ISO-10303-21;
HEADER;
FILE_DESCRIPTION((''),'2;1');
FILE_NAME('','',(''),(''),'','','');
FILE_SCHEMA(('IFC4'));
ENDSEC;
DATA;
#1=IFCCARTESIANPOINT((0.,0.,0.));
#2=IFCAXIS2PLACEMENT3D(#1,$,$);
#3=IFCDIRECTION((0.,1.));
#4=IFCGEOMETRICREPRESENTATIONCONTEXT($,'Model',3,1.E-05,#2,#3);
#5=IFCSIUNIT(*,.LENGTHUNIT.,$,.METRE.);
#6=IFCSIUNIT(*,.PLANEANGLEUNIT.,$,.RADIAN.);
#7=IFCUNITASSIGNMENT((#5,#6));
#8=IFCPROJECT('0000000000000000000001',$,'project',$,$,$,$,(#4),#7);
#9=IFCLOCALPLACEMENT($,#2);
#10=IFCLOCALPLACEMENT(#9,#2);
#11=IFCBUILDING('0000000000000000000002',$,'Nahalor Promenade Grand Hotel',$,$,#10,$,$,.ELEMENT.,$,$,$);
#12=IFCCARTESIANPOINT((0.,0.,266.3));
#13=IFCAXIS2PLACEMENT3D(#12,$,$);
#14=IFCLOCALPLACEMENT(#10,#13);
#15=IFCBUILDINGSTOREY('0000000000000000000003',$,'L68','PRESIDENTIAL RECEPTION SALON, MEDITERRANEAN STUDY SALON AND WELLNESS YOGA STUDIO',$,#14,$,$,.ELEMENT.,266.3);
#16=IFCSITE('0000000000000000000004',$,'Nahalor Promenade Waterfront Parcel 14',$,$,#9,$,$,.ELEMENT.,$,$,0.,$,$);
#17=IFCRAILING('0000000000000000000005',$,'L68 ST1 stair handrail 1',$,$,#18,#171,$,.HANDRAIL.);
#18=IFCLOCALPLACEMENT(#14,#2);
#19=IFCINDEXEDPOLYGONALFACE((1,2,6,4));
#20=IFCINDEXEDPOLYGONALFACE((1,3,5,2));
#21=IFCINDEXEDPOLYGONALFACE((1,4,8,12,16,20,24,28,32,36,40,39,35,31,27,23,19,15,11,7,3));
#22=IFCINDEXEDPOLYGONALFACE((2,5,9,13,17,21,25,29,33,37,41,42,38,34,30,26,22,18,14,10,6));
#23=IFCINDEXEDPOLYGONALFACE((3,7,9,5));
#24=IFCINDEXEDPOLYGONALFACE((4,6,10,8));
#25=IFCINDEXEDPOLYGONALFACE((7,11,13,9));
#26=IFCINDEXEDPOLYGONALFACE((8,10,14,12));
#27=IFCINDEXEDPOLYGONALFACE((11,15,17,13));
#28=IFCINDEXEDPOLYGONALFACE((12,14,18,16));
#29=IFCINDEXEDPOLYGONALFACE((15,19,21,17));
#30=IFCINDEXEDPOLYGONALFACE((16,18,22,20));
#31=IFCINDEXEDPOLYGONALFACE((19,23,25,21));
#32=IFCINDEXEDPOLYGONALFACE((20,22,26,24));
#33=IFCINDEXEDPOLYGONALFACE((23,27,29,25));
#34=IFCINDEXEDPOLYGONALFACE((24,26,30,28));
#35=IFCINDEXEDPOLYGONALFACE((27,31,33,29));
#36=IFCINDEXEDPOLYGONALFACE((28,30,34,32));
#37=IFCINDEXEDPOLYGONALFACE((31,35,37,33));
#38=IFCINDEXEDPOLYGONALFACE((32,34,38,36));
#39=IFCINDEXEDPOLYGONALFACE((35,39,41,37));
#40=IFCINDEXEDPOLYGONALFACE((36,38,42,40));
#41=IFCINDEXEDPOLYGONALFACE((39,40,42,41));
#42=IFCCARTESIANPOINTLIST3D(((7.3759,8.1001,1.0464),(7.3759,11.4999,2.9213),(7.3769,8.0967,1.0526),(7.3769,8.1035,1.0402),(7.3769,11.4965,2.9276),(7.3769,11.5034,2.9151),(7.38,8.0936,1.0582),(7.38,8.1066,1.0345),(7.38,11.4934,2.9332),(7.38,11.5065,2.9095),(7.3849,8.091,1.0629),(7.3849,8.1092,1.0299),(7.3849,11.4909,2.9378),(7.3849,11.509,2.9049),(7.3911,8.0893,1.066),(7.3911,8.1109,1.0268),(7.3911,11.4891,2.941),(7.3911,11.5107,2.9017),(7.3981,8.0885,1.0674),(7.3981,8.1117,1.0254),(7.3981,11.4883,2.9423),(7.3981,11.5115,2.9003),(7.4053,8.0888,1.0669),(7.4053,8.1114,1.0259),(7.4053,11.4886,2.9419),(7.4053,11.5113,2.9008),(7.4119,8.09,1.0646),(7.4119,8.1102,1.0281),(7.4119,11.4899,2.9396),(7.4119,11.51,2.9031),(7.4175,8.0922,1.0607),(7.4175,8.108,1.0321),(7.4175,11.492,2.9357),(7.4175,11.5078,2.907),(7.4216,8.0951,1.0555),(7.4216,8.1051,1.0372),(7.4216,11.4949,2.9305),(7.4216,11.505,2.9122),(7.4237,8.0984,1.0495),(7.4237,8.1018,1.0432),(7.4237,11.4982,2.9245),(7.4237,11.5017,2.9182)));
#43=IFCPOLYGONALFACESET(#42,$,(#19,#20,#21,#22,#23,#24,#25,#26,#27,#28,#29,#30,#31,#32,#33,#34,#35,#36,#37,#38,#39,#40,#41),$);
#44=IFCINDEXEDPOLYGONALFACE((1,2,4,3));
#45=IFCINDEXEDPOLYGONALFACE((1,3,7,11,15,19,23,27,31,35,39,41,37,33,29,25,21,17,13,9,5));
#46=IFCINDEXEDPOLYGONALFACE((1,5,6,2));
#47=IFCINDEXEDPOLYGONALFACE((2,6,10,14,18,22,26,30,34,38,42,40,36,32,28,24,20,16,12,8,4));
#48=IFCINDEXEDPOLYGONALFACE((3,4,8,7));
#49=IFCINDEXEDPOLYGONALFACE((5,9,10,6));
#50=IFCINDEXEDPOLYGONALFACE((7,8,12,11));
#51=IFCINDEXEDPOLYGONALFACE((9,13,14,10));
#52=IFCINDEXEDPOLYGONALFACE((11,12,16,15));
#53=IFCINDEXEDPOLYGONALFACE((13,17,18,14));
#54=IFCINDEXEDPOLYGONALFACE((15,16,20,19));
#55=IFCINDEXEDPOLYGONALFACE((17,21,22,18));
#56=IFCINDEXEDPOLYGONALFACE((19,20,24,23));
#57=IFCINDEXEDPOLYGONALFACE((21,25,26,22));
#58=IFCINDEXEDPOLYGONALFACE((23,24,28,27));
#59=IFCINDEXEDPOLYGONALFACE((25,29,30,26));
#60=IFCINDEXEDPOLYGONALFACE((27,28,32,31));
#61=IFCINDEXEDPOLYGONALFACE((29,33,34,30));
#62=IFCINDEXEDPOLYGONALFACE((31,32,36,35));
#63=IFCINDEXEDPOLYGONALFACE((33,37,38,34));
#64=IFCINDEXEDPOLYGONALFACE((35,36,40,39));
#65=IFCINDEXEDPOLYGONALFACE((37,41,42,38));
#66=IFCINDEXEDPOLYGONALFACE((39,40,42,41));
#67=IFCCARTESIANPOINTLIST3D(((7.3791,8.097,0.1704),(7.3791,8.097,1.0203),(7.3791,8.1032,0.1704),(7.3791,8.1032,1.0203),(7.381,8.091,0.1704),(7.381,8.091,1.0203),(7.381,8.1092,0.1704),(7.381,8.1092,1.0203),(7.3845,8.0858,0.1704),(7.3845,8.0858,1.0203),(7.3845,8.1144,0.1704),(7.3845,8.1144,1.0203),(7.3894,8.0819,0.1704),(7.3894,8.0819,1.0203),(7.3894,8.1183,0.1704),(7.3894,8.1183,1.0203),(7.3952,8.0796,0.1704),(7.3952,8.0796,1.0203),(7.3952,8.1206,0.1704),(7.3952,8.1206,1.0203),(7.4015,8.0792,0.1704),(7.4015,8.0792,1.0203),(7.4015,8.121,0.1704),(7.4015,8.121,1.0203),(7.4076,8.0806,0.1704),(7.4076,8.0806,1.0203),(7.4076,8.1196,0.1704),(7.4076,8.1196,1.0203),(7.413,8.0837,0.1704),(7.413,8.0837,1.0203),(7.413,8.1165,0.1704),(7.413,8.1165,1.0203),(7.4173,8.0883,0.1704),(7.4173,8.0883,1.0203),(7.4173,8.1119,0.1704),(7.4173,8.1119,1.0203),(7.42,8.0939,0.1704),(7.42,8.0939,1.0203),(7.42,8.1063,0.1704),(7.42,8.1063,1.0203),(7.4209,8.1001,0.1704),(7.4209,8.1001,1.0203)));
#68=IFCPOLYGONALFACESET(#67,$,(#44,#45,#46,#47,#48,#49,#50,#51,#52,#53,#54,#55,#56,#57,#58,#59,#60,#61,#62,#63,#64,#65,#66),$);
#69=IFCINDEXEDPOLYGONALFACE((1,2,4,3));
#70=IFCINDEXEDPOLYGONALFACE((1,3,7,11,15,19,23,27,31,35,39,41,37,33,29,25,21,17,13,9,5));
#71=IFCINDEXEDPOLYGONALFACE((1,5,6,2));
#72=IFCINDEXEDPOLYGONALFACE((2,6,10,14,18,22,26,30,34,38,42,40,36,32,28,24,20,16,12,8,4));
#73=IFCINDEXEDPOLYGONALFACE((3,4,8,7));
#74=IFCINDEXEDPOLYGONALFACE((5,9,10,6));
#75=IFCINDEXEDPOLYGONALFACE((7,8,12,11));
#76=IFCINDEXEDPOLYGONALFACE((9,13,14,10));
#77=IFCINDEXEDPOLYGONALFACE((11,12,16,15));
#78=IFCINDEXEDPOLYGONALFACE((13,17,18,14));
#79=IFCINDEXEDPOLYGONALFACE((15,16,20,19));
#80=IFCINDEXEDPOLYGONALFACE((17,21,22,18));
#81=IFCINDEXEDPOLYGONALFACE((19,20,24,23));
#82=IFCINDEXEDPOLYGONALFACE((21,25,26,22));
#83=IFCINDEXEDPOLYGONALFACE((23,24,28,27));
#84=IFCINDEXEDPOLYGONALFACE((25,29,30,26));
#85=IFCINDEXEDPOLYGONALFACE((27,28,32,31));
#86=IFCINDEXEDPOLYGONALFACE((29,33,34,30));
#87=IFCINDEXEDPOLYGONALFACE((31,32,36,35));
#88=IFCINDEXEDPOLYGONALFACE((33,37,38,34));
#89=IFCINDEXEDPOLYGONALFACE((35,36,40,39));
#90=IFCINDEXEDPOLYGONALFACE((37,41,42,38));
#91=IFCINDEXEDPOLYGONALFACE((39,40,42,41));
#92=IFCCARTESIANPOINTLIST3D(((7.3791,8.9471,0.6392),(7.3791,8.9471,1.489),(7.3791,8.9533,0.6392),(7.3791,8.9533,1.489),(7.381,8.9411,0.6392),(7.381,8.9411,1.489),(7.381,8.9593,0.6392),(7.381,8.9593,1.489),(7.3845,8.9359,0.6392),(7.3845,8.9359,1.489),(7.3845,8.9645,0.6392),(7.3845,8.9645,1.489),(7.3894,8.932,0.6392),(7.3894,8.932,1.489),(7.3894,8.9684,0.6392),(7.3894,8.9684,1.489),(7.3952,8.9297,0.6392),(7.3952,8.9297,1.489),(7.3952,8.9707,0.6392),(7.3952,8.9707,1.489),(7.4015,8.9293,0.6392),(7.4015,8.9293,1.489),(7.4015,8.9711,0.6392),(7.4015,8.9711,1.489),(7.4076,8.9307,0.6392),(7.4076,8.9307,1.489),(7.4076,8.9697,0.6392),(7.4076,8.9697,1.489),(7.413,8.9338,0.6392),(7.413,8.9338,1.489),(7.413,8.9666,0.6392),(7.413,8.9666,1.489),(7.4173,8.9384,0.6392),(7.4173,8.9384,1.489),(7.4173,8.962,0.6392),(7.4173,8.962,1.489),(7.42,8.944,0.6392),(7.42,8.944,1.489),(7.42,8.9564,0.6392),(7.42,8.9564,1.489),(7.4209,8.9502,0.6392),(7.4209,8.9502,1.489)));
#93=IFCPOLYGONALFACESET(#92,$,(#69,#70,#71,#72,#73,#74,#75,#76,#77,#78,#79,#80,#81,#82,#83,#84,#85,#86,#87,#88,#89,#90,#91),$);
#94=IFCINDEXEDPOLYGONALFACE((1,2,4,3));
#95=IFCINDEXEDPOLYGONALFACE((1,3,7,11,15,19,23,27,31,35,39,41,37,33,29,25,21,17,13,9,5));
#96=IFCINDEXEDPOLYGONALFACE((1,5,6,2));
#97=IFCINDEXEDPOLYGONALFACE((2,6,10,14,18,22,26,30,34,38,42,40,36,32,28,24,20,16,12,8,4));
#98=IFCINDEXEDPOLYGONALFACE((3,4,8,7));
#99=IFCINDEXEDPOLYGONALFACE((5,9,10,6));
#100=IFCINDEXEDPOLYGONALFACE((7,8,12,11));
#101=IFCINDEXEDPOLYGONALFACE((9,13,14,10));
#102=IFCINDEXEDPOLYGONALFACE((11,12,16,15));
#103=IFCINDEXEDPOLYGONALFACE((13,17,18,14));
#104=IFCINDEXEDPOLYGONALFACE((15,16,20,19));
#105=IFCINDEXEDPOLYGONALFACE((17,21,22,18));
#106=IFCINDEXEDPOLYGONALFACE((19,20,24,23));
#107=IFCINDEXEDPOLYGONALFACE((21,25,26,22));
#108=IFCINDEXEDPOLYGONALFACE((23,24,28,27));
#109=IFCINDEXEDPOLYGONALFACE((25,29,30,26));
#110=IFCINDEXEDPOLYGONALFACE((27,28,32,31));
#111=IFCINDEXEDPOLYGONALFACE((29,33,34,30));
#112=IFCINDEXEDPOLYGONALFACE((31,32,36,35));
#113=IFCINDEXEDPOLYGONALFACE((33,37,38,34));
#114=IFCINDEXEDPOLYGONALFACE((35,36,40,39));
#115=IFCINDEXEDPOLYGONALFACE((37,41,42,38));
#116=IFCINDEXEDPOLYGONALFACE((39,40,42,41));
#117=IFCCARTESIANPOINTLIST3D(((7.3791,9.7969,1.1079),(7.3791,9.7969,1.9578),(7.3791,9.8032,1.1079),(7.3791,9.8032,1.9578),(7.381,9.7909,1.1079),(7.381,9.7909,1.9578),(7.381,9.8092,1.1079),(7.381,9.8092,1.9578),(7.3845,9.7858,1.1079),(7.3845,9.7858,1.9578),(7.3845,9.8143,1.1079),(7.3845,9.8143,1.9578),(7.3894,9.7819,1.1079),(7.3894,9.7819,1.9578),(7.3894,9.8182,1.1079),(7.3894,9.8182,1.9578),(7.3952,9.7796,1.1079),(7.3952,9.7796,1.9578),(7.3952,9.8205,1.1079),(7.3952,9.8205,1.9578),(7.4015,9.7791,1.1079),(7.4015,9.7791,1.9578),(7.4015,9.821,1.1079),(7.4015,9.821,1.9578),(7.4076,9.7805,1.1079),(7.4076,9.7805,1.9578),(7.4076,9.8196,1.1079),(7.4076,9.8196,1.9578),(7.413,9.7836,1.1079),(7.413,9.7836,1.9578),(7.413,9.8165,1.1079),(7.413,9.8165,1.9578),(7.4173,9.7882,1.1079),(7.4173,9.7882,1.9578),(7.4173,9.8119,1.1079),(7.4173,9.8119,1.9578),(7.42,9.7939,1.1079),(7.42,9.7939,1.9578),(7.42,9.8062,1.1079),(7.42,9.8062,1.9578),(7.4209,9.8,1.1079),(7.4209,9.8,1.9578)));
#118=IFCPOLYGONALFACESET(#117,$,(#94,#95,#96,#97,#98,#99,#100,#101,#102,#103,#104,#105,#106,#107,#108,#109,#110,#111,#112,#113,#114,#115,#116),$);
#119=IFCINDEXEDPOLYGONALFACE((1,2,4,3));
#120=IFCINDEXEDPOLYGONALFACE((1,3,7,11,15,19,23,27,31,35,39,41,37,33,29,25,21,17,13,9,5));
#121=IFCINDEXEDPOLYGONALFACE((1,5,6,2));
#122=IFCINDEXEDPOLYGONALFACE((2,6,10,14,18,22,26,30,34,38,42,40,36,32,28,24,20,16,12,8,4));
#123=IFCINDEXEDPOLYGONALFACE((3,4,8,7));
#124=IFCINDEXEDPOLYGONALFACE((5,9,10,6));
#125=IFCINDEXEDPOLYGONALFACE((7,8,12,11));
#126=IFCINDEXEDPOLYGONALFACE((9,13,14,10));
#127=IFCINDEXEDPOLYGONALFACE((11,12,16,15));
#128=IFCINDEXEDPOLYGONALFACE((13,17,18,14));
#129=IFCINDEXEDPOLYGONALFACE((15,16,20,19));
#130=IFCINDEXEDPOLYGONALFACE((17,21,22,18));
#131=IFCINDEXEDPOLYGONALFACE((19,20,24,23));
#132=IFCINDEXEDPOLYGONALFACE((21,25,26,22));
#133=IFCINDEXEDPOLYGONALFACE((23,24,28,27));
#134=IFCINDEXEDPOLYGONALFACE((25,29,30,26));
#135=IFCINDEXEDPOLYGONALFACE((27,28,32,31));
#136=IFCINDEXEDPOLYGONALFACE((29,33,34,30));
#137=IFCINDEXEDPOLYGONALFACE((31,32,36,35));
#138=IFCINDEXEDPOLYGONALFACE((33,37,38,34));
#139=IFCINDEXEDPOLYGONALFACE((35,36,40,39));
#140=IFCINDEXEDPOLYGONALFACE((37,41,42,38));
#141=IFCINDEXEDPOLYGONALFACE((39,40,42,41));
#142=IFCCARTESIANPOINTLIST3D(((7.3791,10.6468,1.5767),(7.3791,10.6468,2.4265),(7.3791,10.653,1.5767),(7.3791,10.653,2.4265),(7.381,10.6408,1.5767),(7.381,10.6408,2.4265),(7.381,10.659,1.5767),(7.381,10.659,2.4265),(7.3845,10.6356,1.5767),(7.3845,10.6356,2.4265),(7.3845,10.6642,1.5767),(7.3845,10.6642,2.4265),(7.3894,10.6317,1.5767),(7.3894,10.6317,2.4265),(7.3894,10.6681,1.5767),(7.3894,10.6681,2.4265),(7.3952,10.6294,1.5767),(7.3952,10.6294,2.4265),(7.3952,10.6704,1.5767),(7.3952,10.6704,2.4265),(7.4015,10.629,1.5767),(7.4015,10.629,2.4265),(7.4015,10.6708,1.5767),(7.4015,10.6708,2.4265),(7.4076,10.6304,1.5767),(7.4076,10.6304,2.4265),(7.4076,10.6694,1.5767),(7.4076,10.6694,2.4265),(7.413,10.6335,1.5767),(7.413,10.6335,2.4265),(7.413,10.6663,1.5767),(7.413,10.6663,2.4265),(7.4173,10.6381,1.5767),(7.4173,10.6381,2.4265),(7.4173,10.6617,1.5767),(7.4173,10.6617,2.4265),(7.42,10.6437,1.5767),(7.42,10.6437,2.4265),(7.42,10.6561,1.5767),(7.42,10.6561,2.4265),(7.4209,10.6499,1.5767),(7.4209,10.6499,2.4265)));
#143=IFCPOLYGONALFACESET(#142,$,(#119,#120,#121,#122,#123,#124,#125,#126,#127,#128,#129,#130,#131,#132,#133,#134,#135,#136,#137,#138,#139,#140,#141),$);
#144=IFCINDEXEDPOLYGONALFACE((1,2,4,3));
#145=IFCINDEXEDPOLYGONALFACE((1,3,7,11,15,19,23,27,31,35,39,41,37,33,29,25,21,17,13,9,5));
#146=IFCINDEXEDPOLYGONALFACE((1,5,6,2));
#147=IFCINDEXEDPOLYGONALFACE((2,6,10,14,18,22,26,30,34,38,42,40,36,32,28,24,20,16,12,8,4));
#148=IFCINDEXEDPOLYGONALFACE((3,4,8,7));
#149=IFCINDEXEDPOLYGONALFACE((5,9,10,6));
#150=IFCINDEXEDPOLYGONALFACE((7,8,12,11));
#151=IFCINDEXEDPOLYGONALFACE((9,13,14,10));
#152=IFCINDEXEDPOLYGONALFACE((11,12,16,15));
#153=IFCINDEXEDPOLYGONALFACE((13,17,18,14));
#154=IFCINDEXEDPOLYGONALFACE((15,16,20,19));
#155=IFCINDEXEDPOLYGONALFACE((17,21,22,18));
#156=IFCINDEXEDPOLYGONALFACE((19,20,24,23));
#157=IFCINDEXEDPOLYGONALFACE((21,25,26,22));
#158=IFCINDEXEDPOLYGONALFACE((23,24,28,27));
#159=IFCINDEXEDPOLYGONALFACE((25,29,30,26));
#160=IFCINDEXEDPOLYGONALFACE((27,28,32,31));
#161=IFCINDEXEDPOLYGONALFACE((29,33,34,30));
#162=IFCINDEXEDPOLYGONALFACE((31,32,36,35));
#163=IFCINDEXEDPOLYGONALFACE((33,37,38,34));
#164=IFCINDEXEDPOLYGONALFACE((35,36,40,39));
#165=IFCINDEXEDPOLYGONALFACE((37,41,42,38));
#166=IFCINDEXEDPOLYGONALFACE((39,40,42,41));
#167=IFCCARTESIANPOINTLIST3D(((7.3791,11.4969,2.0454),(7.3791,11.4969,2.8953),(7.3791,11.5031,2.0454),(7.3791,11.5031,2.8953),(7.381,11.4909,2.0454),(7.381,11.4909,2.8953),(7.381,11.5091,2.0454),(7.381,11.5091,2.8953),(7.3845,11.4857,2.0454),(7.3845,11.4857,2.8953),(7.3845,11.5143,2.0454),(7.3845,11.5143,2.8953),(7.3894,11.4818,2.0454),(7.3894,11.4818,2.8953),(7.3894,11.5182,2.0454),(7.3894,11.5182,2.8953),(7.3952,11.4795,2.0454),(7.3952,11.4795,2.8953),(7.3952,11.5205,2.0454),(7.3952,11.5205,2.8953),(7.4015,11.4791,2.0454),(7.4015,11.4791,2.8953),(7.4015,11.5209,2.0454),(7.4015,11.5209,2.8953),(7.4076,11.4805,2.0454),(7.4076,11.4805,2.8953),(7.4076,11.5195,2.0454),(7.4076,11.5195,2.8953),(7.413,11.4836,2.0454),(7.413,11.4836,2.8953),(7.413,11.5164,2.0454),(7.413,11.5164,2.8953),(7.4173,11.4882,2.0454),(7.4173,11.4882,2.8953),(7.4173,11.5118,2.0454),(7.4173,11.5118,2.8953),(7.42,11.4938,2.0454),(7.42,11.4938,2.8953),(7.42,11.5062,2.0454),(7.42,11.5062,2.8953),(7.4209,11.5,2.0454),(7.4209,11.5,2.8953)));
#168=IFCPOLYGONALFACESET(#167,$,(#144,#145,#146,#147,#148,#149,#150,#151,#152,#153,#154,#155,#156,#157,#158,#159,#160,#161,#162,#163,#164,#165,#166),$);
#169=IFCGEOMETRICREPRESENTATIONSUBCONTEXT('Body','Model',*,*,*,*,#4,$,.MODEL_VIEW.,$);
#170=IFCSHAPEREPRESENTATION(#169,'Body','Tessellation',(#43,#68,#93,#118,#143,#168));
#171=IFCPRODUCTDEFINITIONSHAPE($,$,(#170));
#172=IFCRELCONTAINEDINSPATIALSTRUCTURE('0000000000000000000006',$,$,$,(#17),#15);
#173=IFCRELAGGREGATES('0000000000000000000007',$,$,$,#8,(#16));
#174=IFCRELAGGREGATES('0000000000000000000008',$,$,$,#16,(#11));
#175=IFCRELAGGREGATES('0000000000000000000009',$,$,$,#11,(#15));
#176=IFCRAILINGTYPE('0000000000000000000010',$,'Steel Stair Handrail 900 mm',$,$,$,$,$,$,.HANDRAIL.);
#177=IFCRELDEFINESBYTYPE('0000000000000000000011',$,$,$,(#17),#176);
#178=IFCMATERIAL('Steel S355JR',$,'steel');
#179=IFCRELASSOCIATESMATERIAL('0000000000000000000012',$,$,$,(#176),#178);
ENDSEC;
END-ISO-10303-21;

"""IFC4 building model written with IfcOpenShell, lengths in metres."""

from ifc_helpers import new_model, si_unit, direction, frame, origin, origin_2d, place, context, subcontext, project, spatial, circle, extrude, material, type_object, element, save


model = new_model("IFC4")

# Units and contexts
model_context = context("Model", 3, precision=1e-05, world=origin(), true_north=direction((0.0, 1.0)))
body_context = subcontext(model_context, "Body", "Model", "MODEL_VIEW")
ifc_project = project(units=[si_unit("LENGTHUNIT", "METRE"), si_unit("PLANEANGLEUNIT", "RADIAN")], contexts=[model_context])

# Site, building, storey
site_placement = place(None, origin())
site = spatial("IfcSite", under=ifc_project, at=site_placement, Name="Nahalor Promenade Waterfront Parcel 14", CompositionType="ELEMENT", RefElevation=0.0)
building_placement = place(site_placement, origin())
building = spatial("IfcBuilding", under=site, at=building_placement, Name="Nahalor Promenade Grand Hotel", CompositionType="ELEMENT")
storey_placement = place(building_placement, frame((0.0, 0.0, 266.3)))
storey = spatial("IfcBuildingStorey", under=building, at=storey_placement, Name="L68", Description="PRESIDENTIAL RECEPTION SALON, MEDITERRANEAN STUDY SALON AND WELLNESS YOGA STUDIO", CompositionType="ELEMENT", Elevation=266.3)

# Shared definitions
ifc_material_1 = material(Name="Steel S355JR", Category="steel")

# Railing
railing_type_1 = type_object("IfcRailingType", Name="Steel Stair Handrail 900 mm", PredefinedType="HANDRAIL", material=ifc_material_1)
railing_1_placement = place(storey_placement, frame((7.3999, 8.1001, 0.1704)))
element("IfcRailing", 1, at=railing_1_placement, inside=storey, type_object=railing_type_1, Name="L68 ST1 stair handrail 1", PredefinedType="HANDRAIL", context=body_context, shape_type="SweptSolid", body=[
    extrude(circle(Radius=0.024, at=origin_2d()), frame((0.0, 0.0, 0.876), z_axis=(0.0, 0.875666, 0.482918), x_axis=(-1.0, 0.0, 0.0)), (0.0, 0.0, 1.0), 3.8826),
    extrude(circle(Radius=0.021, at=origin_2d()), origin(), (0.0, 0.0, 1.0), 0.8499),
    extrude(circle(Radius=0.021, at=origin_2d()), frame((0.0, 0.8501, 0.4688)), (0.0, 0.0, 1.0), 0.8499),
    extrude(circle(Radius=0.021, at=origin_2d()), frame((0.0, 1.7, 0.9375)), (0.0, 0.0, 1.0), 0.8499),
    extrude(circle(Radius=0.021, at=origin_2d()), frame((0.0, 2.5498, 1.4062)), (0.0, 0.0, 1.0), 0.8499),
    extrude(circle(Radius=0.021, at=origin_2d()), frame((0.0, 3.3999, 1.875)), (0.0, 0.0, 1.0), 0.8499),
])

save(model, "model.ifc")
